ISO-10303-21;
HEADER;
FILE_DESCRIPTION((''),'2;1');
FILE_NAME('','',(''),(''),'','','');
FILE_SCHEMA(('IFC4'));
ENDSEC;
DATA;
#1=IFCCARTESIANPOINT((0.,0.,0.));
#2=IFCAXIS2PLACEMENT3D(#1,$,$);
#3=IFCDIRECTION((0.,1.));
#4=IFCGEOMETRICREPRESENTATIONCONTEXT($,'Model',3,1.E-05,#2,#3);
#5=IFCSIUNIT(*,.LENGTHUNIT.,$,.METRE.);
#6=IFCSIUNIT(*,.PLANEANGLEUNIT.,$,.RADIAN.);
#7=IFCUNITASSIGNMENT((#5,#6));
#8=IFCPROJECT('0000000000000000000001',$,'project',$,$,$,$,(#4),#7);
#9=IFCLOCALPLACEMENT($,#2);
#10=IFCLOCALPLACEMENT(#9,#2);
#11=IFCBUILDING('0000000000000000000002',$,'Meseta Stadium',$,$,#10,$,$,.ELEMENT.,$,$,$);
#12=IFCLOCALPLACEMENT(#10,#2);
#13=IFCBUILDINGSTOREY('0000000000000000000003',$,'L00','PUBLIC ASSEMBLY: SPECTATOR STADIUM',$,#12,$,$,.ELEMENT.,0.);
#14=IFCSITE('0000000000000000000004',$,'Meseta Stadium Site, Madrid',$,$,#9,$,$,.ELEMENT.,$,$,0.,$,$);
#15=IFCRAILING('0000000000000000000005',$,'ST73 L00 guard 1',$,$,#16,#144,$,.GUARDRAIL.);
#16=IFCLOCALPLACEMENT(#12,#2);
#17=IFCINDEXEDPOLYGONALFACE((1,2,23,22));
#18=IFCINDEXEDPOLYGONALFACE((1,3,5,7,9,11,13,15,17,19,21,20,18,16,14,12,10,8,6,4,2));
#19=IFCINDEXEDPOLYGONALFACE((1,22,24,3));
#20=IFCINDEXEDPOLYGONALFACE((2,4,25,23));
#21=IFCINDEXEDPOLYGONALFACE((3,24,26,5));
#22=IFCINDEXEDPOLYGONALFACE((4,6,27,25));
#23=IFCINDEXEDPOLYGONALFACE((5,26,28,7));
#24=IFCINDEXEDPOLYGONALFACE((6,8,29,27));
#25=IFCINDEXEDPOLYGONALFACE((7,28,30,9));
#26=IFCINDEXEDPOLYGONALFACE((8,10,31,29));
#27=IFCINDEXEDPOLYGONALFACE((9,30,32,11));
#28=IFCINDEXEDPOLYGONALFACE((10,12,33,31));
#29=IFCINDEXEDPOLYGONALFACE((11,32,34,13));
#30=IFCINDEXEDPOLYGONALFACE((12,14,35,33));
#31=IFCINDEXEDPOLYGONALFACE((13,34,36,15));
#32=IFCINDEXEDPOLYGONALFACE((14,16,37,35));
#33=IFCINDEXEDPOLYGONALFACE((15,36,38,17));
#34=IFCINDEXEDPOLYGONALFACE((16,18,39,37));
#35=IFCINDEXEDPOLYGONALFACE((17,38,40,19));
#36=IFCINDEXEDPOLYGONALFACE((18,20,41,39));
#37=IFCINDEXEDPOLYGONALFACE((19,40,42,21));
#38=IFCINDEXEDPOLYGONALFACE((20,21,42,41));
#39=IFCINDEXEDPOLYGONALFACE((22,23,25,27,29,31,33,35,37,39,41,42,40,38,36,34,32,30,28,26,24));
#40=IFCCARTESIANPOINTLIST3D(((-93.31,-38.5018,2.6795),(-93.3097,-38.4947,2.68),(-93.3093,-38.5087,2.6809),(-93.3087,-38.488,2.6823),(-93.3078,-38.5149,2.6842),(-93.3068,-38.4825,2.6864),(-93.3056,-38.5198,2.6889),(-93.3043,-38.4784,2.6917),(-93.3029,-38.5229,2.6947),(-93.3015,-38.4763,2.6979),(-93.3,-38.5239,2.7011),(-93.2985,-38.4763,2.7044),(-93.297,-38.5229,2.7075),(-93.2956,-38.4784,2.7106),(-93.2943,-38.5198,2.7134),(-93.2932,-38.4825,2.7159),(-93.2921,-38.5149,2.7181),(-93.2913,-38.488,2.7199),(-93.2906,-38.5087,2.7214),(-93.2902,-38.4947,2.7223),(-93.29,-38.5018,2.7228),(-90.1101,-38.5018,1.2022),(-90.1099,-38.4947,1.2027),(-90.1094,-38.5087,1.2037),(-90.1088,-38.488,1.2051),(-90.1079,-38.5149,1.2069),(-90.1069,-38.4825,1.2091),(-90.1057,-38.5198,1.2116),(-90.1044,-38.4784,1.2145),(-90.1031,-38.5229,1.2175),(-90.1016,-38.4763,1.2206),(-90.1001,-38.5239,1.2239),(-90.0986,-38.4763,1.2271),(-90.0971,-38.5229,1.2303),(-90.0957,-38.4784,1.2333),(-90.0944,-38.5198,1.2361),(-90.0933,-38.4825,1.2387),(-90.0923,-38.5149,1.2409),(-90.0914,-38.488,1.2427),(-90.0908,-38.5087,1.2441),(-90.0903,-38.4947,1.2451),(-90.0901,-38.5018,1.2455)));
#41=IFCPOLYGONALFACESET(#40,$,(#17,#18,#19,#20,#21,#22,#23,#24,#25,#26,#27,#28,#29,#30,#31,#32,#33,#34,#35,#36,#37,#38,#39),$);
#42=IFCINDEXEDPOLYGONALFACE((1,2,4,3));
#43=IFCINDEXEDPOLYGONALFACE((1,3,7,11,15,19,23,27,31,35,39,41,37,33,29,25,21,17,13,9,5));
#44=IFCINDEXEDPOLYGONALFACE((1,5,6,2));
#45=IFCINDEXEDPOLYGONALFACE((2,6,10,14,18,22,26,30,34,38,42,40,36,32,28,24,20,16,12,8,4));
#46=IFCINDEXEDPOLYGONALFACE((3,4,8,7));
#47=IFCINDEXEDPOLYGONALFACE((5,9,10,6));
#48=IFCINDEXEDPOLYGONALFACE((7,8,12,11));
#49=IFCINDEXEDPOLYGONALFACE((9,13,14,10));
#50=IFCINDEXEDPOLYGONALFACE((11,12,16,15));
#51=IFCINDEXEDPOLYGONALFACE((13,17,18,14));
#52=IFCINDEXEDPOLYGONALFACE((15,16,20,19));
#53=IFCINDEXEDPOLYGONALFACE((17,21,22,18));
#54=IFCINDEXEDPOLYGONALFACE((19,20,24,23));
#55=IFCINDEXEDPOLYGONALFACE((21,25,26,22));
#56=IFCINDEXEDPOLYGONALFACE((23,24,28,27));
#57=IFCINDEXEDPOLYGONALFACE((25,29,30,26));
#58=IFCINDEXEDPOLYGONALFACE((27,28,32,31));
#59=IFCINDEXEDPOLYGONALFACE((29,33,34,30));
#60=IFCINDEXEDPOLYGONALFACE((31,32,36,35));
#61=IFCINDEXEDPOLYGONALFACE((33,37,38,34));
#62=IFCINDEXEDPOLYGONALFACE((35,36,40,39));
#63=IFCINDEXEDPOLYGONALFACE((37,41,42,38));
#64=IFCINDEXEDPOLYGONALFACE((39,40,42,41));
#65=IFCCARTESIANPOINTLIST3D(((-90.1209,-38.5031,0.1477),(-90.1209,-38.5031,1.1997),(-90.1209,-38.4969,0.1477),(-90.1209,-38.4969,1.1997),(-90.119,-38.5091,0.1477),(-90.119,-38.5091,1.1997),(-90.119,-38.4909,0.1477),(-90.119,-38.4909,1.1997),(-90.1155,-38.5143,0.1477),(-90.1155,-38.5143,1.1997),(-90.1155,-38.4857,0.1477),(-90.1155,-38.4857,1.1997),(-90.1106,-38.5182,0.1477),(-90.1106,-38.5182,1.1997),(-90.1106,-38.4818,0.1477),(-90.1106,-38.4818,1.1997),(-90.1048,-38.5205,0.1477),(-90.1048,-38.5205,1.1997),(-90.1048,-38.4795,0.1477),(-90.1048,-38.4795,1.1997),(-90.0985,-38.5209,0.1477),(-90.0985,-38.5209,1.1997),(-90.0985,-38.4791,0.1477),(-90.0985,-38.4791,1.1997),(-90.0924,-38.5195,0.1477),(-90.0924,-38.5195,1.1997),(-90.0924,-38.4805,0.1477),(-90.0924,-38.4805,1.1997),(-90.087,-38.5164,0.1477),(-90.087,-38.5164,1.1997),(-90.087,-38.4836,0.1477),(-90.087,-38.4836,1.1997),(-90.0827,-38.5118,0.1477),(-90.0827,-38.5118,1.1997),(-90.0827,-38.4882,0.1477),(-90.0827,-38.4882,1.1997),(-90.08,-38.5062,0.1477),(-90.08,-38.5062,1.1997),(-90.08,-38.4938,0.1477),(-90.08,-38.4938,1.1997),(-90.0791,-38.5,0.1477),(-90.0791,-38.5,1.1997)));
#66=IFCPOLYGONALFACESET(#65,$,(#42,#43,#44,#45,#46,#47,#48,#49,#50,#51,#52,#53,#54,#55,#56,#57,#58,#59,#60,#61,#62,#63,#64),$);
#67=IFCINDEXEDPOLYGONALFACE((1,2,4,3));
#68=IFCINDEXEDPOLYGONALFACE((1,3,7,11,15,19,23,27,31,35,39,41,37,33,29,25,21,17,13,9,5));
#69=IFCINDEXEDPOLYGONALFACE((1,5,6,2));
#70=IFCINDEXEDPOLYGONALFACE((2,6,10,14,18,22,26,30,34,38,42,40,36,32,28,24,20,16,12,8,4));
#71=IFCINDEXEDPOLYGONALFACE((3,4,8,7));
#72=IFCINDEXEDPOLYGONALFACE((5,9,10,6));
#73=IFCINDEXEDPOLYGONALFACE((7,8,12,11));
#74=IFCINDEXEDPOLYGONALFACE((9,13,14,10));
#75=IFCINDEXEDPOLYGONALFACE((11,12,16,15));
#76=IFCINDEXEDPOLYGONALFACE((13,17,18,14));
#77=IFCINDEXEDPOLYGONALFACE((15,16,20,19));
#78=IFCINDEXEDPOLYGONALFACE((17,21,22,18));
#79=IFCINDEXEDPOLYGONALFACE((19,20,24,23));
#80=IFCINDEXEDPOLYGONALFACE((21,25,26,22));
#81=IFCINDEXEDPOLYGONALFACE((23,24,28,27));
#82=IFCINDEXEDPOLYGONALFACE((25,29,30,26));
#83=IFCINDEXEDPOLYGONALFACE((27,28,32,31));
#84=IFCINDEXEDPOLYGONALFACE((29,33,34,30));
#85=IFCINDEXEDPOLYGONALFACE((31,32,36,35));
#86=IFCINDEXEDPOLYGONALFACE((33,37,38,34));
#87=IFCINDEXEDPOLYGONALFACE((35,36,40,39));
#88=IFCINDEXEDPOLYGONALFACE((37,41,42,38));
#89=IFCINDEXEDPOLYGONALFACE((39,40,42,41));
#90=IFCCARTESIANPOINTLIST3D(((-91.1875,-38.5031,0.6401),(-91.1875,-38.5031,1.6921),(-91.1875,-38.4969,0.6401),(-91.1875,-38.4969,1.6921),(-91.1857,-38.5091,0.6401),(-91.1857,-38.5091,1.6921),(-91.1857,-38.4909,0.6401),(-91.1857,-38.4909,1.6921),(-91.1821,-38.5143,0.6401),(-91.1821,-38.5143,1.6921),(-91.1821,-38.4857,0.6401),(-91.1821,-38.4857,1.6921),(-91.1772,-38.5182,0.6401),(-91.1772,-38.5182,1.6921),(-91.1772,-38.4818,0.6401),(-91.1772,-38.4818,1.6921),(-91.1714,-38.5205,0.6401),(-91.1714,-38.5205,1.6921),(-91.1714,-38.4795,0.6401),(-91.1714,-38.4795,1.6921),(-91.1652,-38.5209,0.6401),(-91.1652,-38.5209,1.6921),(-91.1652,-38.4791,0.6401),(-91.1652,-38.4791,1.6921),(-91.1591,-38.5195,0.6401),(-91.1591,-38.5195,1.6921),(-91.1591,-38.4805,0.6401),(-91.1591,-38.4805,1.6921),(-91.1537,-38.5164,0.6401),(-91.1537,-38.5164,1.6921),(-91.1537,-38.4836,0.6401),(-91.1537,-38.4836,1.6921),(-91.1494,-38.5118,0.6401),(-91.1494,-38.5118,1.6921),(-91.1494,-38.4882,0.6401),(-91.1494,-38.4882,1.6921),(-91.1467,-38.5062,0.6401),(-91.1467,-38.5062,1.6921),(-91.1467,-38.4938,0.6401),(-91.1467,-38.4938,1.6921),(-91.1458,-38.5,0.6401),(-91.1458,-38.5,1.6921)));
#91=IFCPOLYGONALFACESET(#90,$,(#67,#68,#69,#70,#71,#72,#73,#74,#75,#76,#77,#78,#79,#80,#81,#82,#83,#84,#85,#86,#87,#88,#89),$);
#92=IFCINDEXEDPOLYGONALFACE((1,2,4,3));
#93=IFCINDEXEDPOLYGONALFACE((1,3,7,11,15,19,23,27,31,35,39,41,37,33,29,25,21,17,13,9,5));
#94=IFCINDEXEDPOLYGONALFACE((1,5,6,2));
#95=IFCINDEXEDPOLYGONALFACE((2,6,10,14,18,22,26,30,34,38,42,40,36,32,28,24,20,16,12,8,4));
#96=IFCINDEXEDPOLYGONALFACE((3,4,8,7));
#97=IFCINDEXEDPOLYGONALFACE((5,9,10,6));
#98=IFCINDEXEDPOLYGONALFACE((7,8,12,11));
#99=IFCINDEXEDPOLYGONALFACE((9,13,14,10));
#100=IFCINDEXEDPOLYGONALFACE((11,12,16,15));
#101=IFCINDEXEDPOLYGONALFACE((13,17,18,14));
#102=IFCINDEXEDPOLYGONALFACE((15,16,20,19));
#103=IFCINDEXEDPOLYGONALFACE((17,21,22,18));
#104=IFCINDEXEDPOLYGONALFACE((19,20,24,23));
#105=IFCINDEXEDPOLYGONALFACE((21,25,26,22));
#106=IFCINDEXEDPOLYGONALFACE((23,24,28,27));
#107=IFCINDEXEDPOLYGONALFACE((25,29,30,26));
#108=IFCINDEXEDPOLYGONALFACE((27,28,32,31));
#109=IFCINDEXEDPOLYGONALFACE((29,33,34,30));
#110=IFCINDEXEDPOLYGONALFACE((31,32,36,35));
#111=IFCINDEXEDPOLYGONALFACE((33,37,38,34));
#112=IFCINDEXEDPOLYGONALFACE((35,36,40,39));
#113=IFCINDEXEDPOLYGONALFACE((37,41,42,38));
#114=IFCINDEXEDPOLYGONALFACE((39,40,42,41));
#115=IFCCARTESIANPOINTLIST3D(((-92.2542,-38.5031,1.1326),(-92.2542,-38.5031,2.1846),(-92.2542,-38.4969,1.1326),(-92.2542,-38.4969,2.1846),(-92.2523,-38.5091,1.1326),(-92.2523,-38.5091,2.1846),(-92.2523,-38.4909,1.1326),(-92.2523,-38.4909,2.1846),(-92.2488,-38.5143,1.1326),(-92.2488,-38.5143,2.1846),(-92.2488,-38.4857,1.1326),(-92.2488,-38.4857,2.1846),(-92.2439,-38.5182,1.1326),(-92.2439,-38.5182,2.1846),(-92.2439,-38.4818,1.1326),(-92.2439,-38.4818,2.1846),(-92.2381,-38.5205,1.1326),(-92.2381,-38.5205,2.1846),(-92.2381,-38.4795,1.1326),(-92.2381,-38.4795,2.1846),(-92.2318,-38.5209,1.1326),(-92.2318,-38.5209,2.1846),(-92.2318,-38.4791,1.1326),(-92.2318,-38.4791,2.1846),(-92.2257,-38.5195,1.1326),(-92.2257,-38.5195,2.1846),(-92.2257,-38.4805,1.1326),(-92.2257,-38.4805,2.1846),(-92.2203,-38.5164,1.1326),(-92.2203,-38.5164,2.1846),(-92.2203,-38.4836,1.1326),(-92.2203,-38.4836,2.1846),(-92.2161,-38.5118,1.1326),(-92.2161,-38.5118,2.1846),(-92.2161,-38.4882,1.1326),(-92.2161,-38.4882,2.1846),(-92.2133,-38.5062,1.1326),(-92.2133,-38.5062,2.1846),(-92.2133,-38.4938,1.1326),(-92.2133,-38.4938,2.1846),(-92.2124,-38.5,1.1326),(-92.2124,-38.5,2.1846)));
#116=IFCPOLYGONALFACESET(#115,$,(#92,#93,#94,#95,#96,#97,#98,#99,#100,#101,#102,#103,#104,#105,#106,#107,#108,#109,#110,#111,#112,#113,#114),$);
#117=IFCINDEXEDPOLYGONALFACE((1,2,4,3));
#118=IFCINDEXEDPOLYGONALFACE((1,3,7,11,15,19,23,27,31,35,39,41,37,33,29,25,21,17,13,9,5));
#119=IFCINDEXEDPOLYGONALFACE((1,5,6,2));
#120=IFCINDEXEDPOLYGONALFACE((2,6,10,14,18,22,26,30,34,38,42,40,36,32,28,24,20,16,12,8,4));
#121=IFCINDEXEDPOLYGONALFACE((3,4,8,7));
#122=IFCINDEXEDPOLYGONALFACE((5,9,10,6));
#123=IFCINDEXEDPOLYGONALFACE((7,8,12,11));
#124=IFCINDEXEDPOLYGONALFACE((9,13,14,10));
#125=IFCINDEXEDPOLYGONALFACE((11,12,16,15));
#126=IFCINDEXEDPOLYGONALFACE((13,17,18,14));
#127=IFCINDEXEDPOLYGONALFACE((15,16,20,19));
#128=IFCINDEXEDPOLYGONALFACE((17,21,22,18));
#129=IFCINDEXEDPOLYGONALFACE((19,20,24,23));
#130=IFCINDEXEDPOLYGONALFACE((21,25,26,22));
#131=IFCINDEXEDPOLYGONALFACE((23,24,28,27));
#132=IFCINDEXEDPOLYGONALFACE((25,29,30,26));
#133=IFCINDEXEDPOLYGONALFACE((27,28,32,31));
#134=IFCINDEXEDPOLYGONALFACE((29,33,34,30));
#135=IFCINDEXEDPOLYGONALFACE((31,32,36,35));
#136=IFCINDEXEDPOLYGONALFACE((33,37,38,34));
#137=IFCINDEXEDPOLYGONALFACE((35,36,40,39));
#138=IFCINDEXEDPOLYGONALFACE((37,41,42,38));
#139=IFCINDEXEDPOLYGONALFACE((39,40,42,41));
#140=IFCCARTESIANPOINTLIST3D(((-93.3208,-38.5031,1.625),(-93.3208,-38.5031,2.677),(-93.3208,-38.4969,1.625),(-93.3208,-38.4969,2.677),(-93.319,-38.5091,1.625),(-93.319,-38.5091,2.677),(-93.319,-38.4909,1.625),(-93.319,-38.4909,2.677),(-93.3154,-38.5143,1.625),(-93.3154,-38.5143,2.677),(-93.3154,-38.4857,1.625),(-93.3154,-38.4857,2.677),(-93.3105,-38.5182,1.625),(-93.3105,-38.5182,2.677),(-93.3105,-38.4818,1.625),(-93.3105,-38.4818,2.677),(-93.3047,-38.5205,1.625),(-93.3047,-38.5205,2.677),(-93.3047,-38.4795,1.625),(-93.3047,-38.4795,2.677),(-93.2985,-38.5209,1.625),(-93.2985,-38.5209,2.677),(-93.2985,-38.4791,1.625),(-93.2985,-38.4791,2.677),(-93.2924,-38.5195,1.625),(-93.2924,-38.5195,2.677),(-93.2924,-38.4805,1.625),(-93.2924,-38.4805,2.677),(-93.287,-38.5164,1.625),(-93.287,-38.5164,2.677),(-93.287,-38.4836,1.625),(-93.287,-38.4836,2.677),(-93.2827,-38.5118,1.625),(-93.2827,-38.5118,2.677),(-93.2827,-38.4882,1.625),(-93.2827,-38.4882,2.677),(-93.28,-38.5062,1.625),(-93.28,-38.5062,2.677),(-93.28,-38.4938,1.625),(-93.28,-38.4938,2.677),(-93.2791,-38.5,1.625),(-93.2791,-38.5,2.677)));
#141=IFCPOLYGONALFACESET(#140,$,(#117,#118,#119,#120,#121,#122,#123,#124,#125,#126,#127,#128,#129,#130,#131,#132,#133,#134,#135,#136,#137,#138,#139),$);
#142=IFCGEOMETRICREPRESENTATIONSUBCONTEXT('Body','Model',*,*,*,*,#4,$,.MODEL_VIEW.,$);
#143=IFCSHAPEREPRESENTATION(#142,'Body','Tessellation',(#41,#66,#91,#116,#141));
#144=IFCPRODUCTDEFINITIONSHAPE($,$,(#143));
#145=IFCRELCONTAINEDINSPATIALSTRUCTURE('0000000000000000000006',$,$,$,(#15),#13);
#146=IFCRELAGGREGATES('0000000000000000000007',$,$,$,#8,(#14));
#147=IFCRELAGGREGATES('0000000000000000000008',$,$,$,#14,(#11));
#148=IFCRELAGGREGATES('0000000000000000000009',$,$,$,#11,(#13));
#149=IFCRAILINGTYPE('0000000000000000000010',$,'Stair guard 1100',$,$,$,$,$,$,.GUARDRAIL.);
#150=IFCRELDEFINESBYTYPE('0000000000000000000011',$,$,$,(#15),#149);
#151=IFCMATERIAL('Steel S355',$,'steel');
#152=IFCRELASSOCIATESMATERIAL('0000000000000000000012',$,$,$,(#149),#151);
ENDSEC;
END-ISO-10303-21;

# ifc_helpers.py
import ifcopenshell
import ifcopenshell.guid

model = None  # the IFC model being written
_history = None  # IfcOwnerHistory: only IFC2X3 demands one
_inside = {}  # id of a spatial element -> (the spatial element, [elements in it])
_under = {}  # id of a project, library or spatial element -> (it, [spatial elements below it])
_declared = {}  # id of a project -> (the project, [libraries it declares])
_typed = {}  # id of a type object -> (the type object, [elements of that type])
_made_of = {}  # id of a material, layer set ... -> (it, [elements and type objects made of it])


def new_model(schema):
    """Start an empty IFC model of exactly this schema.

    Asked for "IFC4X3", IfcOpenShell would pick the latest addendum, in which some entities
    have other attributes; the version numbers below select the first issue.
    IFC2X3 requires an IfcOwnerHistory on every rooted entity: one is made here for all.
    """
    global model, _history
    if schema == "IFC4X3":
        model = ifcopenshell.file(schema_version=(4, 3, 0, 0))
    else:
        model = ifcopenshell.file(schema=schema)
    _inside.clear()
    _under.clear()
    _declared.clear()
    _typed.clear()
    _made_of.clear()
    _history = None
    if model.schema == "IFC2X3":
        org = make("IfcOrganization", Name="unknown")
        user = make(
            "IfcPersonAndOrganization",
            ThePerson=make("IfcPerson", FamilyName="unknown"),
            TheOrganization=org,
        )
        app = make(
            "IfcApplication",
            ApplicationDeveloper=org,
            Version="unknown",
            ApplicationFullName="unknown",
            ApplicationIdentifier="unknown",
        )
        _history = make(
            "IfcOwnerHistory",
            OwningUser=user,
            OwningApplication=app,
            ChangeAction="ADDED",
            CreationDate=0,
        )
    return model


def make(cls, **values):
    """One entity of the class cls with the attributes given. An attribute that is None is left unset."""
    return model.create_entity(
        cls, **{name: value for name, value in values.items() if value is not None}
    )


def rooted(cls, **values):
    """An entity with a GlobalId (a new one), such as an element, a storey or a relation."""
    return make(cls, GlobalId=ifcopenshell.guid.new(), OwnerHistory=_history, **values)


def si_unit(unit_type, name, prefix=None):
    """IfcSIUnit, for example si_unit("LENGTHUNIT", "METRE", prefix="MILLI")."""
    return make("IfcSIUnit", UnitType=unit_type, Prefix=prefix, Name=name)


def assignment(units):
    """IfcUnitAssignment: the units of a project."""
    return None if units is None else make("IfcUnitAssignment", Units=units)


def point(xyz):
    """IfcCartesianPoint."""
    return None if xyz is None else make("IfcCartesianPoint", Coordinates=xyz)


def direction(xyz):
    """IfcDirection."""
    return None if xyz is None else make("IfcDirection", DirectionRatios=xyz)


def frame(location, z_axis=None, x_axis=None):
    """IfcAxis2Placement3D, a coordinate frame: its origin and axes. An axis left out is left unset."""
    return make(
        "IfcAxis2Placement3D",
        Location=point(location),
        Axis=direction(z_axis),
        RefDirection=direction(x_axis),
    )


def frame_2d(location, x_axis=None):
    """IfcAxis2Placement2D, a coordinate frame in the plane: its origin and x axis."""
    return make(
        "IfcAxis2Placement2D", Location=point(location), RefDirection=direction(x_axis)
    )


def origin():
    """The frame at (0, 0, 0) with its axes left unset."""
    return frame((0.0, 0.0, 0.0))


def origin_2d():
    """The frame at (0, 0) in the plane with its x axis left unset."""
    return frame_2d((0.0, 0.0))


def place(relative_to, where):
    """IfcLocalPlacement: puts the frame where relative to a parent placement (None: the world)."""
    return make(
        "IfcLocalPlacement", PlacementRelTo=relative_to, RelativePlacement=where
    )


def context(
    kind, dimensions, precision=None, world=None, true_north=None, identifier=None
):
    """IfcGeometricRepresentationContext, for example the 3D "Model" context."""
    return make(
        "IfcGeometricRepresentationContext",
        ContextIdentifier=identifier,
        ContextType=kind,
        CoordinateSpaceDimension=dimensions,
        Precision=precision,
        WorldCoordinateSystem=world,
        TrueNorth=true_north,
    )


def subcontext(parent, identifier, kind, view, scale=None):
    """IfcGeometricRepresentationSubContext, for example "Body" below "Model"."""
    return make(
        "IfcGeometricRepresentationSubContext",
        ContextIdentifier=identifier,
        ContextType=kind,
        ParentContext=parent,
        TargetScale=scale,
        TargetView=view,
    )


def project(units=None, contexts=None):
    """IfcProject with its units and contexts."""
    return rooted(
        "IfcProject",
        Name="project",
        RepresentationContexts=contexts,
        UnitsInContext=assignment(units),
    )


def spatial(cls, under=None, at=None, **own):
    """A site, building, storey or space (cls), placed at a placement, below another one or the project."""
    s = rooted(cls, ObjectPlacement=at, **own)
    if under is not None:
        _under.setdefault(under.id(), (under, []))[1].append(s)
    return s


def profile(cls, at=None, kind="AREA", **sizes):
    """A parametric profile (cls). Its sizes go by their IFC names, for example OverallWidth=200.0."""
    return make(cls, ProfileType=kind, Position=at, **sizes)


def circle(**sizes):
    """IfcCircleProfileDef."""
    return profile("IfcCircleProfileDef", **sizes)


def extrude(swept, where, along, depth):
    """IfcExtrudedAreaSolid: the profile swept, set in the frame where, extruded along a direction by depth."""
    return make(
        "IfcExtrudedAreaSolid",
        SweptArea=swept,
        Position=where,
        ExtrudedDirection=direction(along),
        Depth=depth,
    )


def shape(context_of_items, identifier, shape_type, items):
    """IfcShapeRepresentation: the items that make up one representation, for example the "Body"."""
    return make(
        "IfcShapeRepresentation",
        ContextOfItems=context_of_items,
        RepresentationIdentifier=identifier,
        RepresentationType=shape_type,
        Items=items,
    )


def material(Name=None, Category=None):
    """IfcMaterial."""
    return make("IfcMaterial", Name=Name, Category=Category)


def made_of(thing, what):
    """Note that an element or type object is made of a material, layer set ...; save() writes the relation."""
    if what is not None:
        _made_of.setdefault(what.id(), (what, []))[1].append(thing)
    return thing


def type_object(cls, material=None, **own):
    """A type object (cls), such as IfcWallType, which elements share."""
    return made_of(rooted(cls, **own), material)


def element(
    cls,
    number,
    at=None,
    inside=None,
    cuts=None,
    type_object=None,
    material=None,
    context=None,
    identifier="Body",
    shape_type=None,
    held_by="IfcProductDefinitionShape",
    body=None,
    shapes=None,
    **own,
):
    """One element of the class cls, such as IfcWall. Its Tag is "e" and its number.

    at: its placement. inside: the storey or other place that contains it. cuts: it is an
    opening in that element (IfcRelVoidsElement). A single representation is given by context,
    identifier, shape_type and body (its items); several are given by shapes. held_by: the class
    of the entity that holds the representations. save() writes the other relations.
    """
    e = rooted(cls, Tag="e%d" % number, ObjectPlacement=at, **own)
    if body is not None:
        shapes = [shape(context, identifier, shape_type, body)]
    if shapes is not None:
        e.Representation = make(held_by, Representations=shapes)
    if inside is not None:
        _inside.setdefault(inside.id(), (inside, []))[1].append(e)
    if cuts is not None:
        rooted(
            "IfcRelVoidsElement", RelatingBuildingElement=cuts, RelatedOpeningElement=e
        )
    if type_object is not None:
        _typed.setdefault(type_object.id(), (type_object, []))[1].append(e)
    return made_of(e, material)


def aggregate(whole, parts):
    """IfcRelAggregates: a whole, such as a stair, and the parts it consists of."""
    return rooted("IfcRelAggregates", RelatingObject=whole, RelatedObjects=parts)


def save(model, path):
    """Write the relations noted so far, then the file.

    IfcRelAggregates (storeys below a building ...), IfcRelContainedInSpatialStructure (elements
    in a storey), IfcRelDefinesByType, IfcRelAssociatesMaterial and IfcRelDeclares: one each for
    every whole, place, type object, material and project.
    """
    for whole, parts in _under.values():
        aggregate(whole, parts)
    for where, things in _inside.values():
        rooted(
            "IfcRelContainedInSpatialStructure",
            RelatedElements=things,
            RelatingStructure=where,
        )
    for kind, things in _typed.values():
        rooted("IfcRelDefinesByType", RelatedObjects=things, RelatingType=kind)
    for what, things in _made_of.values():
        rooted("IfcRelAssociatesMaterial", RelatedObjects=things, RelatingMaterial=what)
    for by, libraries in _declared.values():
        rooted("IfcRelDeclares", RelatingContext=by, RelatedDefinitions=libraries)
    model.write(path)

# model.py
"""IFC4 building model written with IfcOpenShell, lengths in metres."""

from ifc_helpers import new_model, si_unit, direction, frame, origin, origin_2d, place, context, subcontext, project, spatial, circle, extrude, material, type_object, element, save


model = new_model("IFC4")

# Units and contexts
model_context = context("Model", 3, precision=1e-05, world=origin(), true_north=direction((0.0, 1.0)))
body_context = subcontext(model_context, "Body", "Model", "MODEL_VIEW")
ifc_project = project(units=[si_unit("LENGTHUNIT", "METRE"), si_unit("PLANEANGLEUNIT", "RADIAN")], contexts=[model_context])

# Site, building, storey
site_placement = place(None, origin())
site = spatial("IfcSite", under=ifc_project, at=site_placement, Name="Meseta Stadium Site, Madrid", CompositionType="ELEMENT", RefElevation=0.0)
building_placement = place(site_placement, origin())
building = spatial("IfcBuilding", under=site, at=building_placement, Name="Meseta Stadium", CompositionType="ELEMENT")
storey_placement = place(building_placement, origin())
storey = spatial("IfcBuildingStorey", under=building, at=storey_placement, Name="L00", Description="PUBLIC ASSEMBLY: SPECTATOR STADIUM", CompositionType="ELEMENT", Elevation=0.0)

# Railing
ifc_material_1 = material(Name="Steel S355", Category="steel")
railing_type_1 = type_object("IfcRailingType", Name="Stair guard 1100", PredefinedType="GUARDRAIL", material=ifc_material_1)
railing_1_placement = place(storey_placement, frame((-90.1001, -38.5, 0.1477)))
element("IfcRailing", 1, at=railing_1_placement, inside=storey, type_object=railing_type_1, Name="ST73 L00 guard 1", PredefinedType="GUARDRAIL", context=body_context, shape_type="SweptSolid", body=[
    extrude(circle(Radius=0.0239, at=origin_2d()), frame((0.0, 0.0, 1.0762), z_axis=(-0.907917, 0.0, 0.41915), x_axis=(0.0, -1.0, 0.0)), (0.0, 0.0, 1.0), 3.5244),
    extrude(circle(Radius=0.021, at=origin_2d()), origin(), (0.0, 0.0, 1.0), 1.052),
    extrude(circle(Radius=0.021, at=origin_2d()), frame((-1.0667, 0.0, 0.4924)), (0.0, 0.0, 1.0), 1.052),
    extrude(circle(Radius=0.021, at=origin_2d()), frame((-2.1333, 0.0, 0.9849)), (0.0, 0.0, 1.0), 1.052),
    extrude(circle(Radius=0.021, at=origin_2d()), frame((-3.2, 0.0, 1.4773)), (0.0, 0.0, 1.0), 1.052),
])

save(model, "model.ifc")
